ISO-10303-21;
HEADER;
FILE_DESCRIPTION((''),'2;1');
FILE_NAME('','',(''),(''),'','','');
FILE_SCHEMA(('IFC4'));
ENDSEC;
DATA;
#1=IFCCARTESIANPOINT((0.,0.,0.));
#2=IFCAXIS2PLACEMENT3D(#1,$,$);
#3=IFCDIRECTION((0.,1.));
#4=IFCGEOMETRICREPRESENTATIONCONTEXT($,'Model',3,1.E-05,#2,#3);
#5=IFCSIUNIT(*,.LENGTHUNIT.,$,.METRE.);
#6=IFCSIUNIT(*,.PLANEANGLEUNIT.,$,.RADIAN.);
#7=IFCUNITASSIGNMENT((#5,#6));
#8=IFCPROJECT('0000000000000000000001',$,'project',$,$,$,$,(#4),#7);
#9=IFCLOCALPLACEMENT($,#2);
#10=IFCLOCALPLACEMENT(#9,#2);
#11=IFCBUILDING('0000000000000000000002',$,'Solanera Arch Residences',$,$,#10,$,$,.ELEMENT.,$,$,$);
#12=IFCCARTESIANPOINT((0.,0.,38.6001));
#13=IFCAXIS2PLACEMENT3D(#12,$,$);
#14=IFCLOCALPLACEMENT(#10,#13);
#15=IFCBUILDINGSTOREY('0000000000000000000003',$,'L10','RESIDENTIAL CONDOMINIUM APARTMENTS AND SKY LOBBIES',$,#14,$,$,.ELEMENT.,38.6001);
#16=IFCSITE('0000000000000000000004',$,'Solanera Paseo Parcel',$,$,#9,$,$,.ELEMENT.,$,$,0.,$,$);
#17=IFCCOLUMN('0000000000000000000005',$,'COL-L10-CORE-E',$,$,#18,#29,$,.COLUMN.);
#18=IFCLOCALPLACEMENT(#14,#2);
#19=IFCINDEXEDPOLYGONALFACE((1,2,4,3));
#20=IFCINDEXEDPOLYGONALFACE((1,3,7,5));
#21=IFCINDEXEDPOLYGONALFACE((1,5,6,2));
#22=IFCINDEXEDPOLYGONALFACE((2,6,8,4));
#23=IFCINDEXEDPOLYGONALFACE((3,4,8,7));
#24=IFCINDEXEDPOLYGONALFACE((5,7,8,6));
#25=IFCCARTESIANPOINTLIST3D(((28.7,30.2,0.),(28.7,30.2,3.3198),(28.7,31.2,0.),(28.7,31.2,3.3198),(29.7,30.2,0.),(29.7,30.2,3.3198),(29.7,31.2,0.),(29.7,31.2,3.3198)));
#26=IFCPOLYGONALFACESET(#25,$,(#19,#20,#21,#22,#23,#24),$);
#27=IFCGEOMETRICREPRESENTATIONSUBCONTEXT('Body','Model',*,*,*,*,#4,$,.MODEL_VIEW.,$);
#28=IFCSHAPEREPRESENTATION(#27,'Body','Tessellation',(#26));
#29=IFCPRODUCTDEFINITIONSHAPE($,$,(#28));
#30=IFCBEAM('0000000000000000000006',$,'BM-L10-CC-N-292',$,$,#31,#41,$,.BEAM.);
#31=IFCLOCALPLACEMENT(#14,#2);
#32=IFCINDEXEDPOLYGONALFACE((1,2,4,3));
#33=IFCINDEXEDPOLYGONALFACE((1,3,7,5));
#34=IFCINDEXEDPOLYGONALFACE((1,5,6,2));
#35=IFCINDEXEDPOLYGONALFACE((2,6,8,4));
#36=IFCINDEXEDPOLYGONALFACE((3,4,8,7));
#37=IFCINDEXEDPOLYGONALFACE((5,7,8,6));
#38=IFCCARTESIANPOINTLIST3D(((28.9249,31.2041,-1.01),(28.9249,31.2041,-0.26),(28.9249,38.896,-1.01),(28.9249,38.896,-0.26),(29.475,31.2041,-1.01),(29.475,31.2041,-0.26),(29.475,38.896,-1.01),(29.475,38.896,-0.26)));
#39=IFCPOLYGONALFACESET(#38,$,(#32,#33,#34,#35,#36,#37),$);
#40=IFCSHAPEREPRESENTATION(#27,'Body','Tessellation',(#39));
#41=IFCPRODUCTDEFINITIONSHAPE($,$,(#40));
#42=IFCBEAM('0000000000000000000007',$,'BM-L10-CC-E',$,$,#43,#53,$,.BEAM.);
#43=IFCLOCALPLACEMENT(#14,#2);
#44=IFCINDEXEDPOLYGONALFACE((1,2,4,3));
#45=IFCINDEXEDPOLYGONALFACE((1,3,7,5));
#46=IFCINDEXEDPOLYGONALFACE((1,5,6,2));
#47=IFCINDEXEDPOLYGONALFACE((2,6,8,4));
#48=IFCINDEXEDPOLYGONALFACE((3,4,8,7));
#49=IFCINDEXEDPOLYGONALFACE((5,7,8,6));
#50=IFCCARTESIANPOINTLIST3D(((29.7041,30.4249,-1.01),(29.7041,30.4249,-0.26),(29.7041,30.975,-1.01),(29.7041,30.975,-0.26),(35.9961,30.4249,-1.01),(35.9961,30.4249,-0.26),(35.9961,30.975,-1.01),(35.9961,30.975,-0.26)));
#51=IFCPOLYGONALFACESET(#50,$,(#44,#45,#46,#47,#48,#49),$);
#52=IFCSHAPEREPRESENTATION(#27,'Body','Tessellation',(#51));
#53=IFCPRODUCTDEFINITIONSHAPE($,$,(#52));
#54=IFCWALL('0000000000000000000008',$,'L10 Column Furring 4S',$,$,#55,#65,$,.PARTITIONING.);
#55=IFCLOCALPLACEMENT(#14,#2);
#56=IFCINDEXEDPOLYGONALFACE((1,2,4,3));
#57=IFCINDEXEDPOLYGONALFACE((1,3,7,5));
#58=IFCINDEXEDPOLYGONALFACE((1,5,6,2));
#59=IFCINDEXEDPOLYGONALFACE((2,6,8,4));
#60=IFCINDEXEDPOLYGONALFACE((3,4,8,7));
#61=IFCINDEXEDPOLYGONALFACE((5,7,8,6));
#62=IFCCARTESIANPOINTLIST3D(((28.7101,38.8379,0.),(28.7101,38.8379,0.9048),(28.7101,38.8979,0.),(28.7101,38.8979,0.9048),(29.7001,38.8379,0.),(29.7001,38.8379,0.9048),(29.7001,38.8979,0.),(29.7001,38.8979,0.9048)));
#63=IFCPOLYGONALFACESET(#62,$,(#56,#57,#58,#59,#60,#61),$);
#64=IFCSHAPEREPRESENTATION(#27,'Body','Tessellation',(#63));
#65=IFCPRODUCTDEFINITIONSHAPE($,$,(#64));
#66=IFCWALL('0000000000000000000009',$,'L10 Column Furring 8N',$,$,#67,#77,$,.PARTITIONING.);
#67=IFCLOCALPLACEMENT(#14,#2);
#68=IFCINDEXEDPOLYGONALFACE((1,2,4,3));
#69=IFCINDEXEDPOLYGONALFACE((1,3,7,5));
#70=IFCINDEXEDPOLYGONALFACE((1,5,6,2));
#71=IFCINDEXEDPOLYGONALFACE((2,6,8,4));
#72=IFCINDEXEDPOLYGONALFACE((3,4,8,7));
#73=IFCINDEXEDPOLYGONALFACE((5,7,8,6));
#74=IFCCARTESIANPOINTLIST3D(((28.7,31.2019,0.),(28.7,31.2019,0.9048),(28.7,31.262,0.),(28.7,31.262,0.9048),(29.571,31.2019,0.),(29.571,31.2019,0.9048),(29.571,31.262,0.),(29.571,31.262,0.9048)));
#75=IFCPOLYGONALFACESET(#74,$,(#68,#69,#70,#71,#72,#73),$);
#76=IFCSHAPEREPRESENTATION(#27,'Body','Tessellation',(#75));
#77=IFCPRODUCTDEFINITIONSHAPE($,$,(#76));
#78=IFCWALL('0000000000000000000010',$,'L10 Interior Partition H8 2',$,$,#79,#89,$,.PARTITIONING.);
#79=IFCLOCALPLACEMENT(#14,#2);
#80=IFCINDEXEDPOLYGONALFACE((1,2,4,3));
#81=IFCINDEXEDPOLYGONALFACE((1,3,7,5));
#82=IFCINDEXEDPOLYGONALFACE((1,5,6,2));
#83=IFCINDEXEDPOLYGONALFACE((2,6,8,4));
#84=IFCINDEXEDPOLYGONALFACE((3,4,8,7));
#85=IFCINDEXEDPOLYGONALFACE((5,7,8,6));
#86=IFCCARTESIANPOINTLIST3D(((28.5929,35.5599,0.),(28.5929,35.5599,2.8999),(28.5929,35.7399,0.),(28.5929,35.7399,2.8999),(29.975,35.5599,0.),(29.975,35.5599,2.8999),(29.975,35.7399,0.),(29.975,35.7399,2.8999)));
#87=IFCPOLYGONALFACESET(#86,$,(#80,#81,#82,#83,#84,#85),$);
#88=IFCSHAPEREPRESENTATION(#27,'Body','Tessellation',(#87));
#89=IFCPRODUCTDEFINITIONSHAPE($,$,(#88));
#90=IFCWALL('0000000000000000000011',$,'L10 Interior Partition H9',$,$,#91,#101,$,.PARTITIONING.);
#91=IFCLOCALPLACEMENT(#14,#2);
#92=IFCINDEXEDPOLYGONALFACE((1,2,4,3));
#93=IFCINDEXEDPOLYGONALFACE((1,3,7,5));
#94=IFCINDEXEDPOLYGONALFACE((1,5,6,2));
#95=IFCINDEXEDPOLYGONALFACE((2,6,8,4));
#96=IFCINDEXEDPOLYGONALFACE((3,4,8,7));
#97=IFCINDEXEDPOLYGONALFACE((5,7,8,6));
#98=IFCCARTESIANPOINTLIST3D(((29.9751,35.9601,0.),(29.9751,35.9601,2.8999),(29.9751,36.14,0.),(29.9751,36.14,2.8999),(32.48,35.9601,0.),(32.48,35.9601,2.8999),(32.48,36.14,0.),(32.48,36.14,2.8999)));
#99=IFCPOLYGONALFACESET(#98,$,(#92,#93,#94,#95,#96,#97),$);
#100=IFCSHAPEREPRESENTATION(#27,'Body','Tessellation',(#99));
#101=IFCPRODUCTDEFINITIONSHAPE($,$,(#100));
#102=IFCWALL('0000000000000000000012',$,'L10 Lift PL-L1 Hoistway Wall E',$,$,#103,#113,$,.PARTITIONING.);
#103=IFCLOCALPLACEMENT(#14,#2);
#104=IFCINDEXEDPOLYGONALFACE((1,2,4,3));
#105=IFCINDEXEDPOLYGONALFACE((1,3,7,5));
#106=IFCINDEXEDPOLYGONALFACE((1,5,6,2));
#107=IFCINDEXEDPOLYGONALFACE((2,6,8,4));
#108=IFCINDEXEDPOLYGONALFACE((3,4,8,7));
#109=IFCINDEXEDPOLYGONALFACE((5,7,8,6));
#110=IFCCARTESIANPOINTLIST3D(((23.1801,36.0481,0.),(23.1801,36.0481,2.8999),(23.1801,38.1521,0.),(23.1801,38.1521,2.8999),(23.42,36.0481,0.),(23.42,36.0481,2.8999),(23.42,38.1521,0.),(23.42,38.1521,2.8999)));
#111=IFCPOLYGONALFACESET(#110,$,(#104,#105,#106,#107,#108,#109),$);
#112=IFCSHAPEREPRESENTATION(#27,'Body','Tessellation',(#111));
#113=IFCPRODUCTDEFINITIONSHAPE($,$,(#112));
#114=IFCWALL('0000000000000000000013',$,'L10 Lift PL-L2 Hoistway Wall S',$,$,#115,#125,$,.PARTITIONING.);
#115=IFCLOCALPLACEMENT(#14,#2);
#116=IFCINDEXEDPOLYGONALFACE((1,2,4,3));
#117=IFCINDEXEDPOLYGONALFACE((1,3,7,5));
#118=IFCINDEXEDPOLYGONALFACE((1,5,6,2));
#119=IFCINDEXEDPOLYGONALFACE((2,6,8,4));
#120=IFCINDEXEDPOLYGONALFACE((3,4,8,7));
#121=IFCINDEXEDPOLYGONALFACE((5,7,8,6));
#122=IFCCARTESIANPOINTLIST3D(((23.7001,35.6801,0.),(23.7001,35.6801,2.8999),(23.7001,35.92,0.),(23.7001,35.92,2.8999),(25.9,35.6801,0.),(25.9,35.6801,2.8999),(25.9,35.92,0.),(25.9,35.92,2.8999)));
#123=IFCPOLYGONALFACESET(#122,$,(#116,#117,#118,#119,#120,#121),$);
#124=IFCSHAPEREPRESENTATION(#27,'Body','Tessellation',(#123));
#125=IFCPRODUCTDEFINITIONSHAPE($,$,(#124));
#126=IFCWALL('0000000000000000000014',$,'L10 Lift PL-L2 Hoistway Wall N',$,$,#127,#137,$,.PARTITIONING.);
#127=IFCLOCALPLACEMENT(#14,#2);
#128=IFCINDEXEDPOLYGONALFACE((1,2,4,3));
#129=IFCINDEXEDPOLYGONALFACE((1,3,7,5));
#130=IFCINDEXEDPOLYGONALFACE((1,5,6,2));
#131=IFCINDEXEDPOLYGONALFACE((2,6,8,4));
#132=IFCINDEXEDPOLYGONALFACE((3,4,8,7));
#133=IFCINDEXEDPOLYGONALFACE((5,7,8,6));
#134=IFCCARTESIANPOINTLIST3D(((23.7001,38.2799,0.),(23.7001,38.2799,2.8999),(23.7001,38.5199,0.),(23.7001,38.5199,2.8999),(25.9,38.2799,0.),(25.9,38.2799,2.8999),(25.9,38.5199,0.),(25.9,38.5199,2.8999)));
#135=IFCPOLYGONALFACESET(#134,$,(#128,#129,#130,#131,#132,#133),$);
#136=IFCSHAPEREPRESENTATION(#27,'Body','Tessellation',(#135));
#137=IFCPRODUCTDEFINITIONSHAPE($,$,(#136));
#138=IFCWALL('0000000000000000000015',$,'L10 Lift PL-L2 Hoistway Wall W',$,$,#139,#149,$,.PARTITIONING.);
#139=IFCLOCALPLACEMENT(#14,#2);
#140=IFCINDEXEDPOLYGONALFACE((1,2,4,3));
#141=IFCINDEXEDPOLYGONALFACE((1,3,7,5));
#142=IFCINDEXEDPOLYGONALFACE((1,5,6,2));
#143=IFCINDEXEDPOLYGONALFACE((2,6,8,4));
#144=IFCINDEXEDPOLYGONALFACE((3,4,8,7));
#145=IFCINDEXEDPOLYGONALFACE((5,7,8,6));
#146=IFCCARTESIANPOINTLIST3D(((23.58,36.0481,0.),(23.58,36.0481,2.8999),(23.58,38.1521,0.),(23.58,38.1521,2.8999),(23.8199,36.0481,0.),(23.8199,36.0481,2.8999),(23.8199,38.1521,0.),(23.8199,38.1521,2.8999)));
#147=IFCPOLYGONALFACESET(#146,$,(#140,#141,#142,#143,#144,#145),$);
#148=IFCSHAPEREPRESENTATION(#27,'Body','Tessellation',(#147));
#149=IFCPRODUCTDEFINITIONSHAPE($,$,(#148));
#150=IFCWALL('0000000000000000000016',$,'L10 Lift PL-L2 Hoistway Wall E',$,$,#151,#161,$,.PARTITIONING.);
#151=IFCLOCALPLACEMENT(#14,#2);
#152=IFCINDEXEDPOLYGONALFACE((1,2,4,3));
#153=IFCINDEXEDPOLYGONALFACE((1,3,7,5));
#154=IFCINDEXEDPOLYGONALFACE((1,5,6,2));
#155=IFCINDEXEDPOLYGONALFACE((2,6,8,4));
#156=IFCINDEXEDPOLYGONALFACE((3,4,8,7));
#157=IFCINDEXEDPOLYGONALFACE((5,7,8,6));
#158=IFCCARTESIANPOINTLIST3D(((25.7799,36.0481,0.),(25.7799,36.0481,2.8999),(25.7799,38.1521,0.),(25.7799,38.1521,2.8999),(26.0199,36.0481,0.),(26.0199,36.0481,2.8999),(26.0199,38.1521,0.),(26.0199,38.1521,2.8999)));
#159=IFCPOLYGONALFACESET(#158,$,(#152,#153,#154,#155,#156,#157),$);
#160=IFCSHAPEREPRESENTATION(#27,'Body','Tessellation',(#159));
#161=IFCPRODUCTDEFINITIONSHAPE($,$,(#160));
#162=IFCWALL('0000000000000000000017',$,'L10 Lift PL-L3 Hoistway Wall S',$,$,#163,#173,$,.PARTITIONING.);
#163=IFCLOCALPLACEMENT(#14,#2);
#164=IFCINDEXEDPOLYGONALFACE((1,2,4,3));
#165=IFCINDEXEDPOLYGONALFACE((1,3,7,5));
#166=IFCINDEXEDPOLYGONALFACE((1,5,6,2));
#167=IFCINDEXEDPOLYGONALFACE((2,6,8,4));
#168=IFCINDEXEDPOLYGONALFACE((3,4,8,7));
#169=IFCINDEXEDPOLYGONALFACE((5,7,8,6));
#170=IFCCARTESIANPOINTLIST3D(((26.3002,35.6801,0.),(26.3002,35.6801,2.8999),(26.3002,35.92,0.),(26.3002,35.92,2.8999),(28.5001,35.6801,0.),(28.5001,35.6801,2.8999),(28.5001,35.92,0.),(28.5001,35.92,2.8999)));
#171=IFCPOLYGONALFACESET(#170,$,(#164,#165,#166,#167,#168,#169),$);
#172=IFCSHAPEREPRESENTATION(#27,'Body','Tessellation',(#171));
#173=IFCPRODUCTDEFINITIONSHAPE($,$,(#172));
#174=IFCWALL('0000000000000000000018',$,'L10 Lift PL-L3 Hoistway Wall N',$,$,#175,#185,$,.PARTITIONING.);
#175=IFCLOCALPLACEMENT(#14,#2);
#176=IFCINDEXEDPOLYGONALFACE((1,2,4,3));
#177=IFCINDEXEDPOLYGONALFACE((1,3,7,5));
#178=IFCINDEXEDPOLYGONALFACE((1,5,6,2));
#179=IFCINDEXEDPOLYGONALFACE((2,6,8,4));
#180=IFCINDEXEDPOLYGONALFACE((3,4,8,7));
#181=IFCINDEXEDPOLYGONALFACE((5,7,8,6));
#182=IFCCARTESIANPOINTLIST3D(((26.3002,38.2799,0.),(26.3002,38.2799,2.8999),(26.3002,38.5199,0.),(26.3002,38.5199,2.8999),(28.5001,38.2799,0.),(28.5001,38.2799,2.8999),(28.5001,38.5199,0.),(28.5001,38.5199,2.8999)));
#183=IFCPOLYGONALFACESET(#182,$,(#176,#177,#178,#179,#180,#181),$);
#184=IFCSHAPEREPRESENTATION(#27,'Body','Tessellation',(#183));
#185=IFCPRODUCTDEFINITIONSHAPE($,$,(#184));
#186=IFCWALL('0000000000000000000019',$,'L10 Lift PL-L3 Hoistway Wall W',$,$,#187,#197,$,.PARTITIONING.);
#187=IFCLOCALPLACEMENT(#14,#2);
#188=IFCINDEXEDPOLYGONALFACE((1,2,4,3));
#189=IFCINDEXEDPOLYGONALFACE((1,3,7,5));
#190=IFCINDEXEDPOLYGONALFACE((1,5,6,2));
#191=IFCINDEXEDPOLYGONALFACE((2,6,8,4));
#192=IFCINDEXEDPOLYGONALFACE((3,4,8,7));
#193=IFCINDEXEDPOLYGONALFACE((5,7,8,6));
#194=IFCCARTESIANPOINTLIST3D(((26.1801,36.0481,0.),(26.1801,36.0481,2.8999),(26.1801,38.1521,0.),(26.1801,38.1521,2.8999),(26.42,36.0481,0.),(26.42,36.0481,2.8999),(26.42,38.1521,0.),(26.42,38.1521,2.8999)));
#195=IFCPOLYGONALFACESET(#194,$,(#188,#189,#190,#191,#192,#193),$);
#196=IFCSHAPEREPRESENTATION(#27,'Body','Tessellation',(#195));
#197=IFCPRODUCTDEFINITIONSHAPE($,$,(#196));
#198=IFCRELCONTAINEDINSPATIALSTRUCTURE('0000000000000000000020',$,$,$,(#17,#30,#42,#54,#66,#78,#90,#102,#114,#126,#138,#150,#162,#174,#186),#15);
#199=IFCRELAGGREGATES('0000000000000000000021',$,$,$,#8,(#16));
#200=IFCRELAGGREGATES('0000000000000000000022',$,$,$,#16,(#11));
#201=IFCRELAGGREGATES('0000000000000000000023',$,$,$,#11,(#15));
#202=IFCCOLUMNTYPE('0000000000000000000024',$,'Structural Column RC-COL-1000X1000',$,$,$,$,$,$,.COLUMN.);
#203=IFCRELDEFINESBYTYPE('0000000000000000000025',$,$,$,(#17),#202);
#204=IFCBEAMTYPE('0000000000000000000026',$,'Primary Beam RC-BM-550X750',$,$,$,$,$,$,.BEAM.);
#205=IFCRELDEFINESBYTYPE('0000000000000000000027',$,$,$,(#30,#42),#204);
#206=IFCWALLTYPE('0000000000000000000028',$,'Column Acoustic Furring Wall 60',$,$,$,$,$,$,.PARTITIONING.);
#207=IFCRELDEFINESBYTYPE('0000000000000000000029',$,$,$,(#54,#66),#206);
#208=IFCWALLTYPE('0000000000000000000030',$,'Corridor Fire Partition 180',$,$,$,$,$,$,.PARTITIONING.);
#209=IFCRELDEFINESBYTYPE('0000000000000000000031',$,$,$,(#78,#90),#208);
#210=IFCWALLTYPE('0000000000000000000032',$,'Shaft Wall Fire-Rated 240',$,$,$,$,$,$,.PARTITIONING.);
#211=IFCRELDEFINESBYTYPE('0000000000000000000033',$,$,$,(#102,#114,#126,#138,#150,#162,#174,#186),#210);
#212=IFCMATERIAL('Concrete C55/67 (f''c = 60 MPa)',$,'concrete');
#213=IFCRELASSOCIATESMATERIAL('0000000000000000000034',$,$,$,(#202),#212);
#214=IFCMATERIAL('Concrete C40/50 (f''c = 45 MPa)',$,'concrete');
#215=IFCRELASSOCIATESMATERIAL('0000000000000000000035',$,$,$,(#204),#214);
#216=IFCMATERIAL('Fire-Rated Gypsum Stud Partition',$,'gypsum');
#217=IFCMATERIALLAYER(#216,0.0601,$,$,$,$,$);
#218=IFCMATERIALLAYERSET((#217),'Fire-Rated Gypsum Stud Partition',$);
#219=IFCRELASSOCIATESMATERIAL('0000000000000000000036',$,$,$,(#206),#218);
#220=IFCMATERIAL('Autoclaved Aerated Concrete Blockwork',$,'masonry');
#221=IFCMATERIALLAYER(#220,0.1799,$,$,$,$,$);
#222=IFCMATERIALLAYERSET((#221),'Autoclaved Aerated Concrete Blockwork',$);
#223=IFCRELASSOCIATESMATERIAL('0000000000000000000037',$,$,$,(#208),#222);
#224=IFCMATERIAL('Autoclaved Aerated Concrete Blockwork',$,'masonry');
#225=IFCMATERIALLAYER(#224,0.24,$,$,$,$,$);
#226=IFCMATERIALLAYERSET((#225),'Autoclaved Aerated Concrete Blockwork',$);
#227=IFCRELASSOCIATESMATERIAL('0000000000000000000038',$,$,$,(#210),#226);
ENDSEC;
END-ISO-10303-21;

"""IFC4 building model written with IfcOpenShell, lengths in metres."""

from ifc_helpers import new_model, si_unit, direction, frame, frame_2d, origin, origin_2d, place, context, subcontext, project, spatial, rectangle, extrude, material, layer, layer_set, material_profile, profile_set, type_object, element, save


model = new_model("IFC4")

# Units and contexts
model_context = context("Model", 3, precision=1e-05, world=origin(), true_north=direction((0.0, 1.0)))
body_context = subcontext(model_context, "Body", "Model", "MODEL_VIEW")
ifc_project = project(units=[si_unit("LENGTHUNIT", "METRE"), si_unit("PLANEANGLEUNIT", "RADIAN")], contexts=[model_context])

# Site, building, storey
site_placement = place(None, origin())
site = spatial("IfcSite", under=ifc_project, at=site_placement, Name="Solanera Paseo Parcel", CompositionType="ELEMENT", RefElevation=0.0)
building_placement = place(site_placement, origin())
building = spatial("IfcBuilding", under=site, at=building_placement, Name="Solanera Arch Residences", CompositionType="ELEMENT")
storey_placement = place(building_placement, frame((0.0, 0.0, 38.6001)))
storey = spatial("IfcBuildingStorey", under=building, at=storey_placement, Name="L10", Description="RESIDENTIAL CONDOMINIUM APARTMENTS AND SKY LOBBIES", CompositionType="ELEMENT", Elevation=38.6001)

# Column
ifc_material_1 = material(Name="Concrete C55/67 (f'c = 60 MPa)", Category="concrete")
ifc_material_profile_1 = material_profile(ifc_material_1, rectangle(XDim=1.0, YDim=1.0, at=origin_2d()))
ifc_profile_set_1 = profile_set([ifc_material_profile_1], Name="Concrete C55/67 (f'c = 60 MPa)")
column_type = type_object("IfcColumnType", Name="Structural Column RC-COL-1000X1000", PredefinedType="COLUMN", material=ifc_profile_set_1)
column_placement = place(storey_placement, frame((29.2, 30.7, 0.0), z_axis=(0.0, 0.0, 1.0), x_axis=(1.0, 0.0, 0.0)))
element("IfcColumn", 1, at=column_placement, inside=storey, type_object=column_type, Name="COL-L10-CORE-E", PredefinedType="COLUMN", context=body_context, shape_type="SweptSolid", body=[
    extrude(rectangle(XDim=1.0, YDim=1.0, at=origin_2d()), origin(), (0.0, 0.0, 1.0), 3.3198),
])

# Beams
ifc_material_2 = material(Name="Concrete C40/50 (f'c = 45 MPa)", Category="concrete")
ifc_material_profile_2 = material_profile(ifc_material_2, rectangle(XDim=0.55, YDim=0.75, at=origin_2d()))
ifc_profile_set_2 = profile_set([ifc_material_profile_2], Name="Concrete C40/50 (f'c = 45 MPa)")
beam_type = type_object("IfcBeamType", Name="Primary Beam RC-BM-550X750", PredefinedType="BEAM", material=ifc_profile_set_2)
beam_1_placement = place(storey_placement, frame((29.2, 31.2041, -0.635), z_axis=(0.0, 1.0, 0.0), x_axis=(-1.0, 0.0, 0.0)))
element("IfcBeam", 2, at=beam_1_placement, inside=storey, type_object=beam_type, Name="BM-L10-CC-N-292", PredefinedType="BEAM", context=body_context, shape_type="SweptSolid", body=[
    extrude(rectangle(XDim=0.55, YDim=0.75, at=origin_2d()), origin(), (0.0, 0.0, 1.0), 7.6919),
])
beam_2_placement = place(storey_placement, frame((29.7041, 30.7, -0.635), z_axis=(1.0, 0.0, 0.0), x_axis=(0.0, 1.0, 0.0)))
element("IfcBeam", 3, at=beam_2_placement, inside=storey, type_object=beam_type, Name="BM-L10-CC-E", PredefinedType="BEAM", context=body_context, shape_type="SweptSolid", body=[
    extrude(rectangle(XDim=0.55, YDim=0.75, at=origin_2d()), origin(), (0.0, 0.0, 1.0), 6.292),
])

# Walls
ifc_material_3 = material(Name="Fire-Rated Gypsum Stud Partition", Category="gypsum")
ifc_layer_1 = layer(ifc_material_3, 0.0601)
ifc_layer_set_1 = layer_set([ifc_layer_1], Name="Fire-Rated Gypsum Stud Partition")
wall_type_1 = type_object("IfcWallType", Name="Column Acoustic Furring Wall 60", PredefinedType="PARTITIONING", material=ifc_layer_set_1)
wall_1_placement = place(storey_placement, frame((28.71, 38.8679, 0.0), z_axis=(0.0, 0.0, 1.0), x_axis=(1.0, 0.0, 0.0)))
element("IfcWall", 4, at=wall_1_placement, inside=storey, type_object=wall_type_1, Name="L10 Column Furring 4S", PredefinedType="PARTITIONING", context=body_context, shape_type="SweptSolid", body=[
    extrude(rectangle(XDim=0.99, YDim=0.0601, at=frame_2d((0.4951, 0.0))), origin(), (0.0, 0.0, 1.0), 0.9048),
])
wall_2_placement = place(storey_placement, frame((28.7, 31.2319, 0.0), z_axis=(0.0, 0.0, 1.0), x_axis=(1.0, 0.0, 0.0)))
element("IfcWall", 5, at=wall_2_placement, inside=storey, type_object=wall_type_1, Name="L10 Column Furring 8N", PredefinedType="PARTITIONING", context=body_context, shape_type="SweptSolid", body=[
    extrude(rectangle(XDim=0.8711, YDim=0.0601, at=frame_2d((0.4355, 0.0))), origin(), (0.0, 0.0, 1.0), 0.9048),
])
ifc_material_4 = material(Name="Autoclaved Aerated Concrete Blockwork", Category="masonry")
ifc_layer_2 = layer(ifc_material_4, 0.1799)
ifc_layer_set_2 = layer_set([ifc_layer_2], Name="Autoclaved Aerated Concrete Blockwork")
wall_type_2 = type_object("IfcWallType", Name="Corridor Fire Partition 180", PredefinedType="PARTITIONING", material=ifc_layer_set_2)
wall_3_placement = place(storey_placement, frame((28.593, 35.6499, 0.0), z_axis=(0.0, 0.0, 1.0), x_axis=(1.0, 0.0, 0.0)))
element("IfcWall", 6, at=wall_3_placement, inside=storey, type_object=wall_type_2, Name="L10 Interior Partition H8 2", PredefinedType="PARTITIONING", context=body_context, shape_type="SweptSolid", body=[
    extrude(rectangle(XDim=1.3821, YDim=0.1799, at=frame_2d((0.6909, 0.0))), origin(), (0.0, 0.0, 1.0), 2.8999),
])
wall_4_placement = place(storey_placement, frame((29.9751, 36.05, 0.0), z_axis=(0.0, 0.0, 1.0), x_axis=(1.0, 0.0, 0.0)))
element("IfcWall", 7, at=wall_4_placement, inside=storey, type_object=wall_type_2, Name="L10 Interior Partition H9", PredefinedType="PARTITIONING", context=body_context, shape_type="SweptSolid", body=[
    extrude(rectangle(XDim=2.5049, YDim=0.1799, at=frame_2d((1.2524, 0.0))), origin(), (0.0, 0.0, 1.0), 2.8999),
])
ifc_material_5 = material(Name="Autoclaved Aerated Concrete Blockwork", Category="masonry")
ifc_layer_3 = layer(ifc_material_5, 0.24)
ifc_layer_set_3 = layer_set([ifc_layer_3], Name="Autoclaved Aerated Concrete Blockwork")
wall_type_3 = type_object("IfcWallType", Name="Shaft Wall Fire-Rated 240", PredefinedType="PARTITIONING", material=ifc_layer_set_3)
wall_5_placement = place(storey_placement, frame((23.3, 36.0481, 0.0), z_axis=(0.0, 0.0, 1.0), x_axis=(0.0, 1.0, 0.0)))
element("IfcWall", 8, at=wall_5_placement, inside=storey, type_object=wall_type_3, Name="L10 Lift PL-L1 Hoistway Wall E", PredefinedType="PARTITIONING", context=body_context, shape_type="SweptSolid", body=[
    extrude(rectangle(XDim=2.104, YDim=0.24, at=frame_2d((1.052, 0.0))), origin(), (0.0, 0.0, 1.0), 2.8999),
])
for number, where, z_axis, x_axis, name in (
    (9, (23.7, 35.8, 0.0), (0.0, 0.0, 1.0), (1.0, 0.0, 0.0), "L10 Lift PL-L2 Hoistway Wall S"),
    (10, (23.7, 38.3999, 0.0), (0.0, 0.0, 1.0), (1.0, 0.0, 0.0), "L10 Lift PL-L2 Hoistway Wall N"),
):
    element("IfcWall", number, at=place(storey_placement, frame(where, z_axis=z_axis, x_axis=x_axis)), inside=storey, type_object=wall_type_3, Name=name, PredefinedType="PARTITIONING", context=body_context, shape_type="SweptSolid", body=[
        extrude(rectangle(XDim=2.2, YDim=0.24, at=frame_2d((1.1001, 0.0))), origin(), (0.0, 0.0, 1.0), 2.8999),
    ])
for number, where, z_axis, x_axis, name in (
    (11, (23.7, 36.0481, 0.0), (0.0, 0.0, 1.0), (0.0, 1.0, 0.0), "L10 Lift PL-L2 Hoistway Wall W"),
    (12, (25.8999, 36.0481, 0.0), (0.0, 0.0, 1.0), (0.0, 1.0, 0.0), "L10 Lift PL-L2 Hoistway Wall E"),
):
    element("IfcWall", number, at=place(storey_placement, frame(where, z_axis=z_axis, x_axis=x_axis)), inside=storey, type_object=wall_type_3, Name=name, PredefinedType="PARTITIONING", context=body_context, shape_type="SweptSolid", body=[
        extrude(rectangle(XDim=2.104, YDim=0.24, at=frame_2d((1.052, 0.0))), origin(), (0.0, 0.0, 1.0), 2.8999),
    ])
for number, where, z_axis, x_axis, name in (
    (13, (26.3, 35.8, 0.0), (0.0, 0.0, 1.0), (1.0, 0.0, 0.0), "L10 Lift PL-L3 Hoistway Wall S"),
    (14, (26.3, 38.3999, 0.0), (0.0, 0.0, 1.0), (1.0, 0.0, 0.0), "L10 Lift PL-L3 Hoistway Wall N"),
):
    element("IfcWall", number, at=place(storey_placement, frame(where, z_axis=z_axis, x_axis=x_axis)), inside=storey, type_object=wall_type_3, Name=name, PredefinedType="PARTITIONING", context=body_context, shape_type="SweptSolid", body=[
        extrude(rectangle(XDim=2.2, YDim=0.24, at=frame_2d((1.1001, 0.0))), origin(), (0.0, 0.0, 1.0), 2.8999),
    ])
wall_6_placement = place(storey_placement, frame((26.3, 36.0481, 0.0), z_axis=(0.0, 0.0, 1.0), x_axis=(0.0, 1.0, 0.0)))
element("IfcWall", 15, at=wall_6_placement, inside=storey, type_object=wall_type_3, Name="L10 Lift PL-L3 Hoistway Wall W", PredefinedType="PARTITIONING", context=body_context, shape_type="SweptSolid", body=[
    extrude(rectangle(XDim=2.104, YDim=0.24, at=frame_2d((1.052, 0.0))), origin(), (0.0, 0.0, 1.0), 2.8999),
])

save(model, "model.ifc")
